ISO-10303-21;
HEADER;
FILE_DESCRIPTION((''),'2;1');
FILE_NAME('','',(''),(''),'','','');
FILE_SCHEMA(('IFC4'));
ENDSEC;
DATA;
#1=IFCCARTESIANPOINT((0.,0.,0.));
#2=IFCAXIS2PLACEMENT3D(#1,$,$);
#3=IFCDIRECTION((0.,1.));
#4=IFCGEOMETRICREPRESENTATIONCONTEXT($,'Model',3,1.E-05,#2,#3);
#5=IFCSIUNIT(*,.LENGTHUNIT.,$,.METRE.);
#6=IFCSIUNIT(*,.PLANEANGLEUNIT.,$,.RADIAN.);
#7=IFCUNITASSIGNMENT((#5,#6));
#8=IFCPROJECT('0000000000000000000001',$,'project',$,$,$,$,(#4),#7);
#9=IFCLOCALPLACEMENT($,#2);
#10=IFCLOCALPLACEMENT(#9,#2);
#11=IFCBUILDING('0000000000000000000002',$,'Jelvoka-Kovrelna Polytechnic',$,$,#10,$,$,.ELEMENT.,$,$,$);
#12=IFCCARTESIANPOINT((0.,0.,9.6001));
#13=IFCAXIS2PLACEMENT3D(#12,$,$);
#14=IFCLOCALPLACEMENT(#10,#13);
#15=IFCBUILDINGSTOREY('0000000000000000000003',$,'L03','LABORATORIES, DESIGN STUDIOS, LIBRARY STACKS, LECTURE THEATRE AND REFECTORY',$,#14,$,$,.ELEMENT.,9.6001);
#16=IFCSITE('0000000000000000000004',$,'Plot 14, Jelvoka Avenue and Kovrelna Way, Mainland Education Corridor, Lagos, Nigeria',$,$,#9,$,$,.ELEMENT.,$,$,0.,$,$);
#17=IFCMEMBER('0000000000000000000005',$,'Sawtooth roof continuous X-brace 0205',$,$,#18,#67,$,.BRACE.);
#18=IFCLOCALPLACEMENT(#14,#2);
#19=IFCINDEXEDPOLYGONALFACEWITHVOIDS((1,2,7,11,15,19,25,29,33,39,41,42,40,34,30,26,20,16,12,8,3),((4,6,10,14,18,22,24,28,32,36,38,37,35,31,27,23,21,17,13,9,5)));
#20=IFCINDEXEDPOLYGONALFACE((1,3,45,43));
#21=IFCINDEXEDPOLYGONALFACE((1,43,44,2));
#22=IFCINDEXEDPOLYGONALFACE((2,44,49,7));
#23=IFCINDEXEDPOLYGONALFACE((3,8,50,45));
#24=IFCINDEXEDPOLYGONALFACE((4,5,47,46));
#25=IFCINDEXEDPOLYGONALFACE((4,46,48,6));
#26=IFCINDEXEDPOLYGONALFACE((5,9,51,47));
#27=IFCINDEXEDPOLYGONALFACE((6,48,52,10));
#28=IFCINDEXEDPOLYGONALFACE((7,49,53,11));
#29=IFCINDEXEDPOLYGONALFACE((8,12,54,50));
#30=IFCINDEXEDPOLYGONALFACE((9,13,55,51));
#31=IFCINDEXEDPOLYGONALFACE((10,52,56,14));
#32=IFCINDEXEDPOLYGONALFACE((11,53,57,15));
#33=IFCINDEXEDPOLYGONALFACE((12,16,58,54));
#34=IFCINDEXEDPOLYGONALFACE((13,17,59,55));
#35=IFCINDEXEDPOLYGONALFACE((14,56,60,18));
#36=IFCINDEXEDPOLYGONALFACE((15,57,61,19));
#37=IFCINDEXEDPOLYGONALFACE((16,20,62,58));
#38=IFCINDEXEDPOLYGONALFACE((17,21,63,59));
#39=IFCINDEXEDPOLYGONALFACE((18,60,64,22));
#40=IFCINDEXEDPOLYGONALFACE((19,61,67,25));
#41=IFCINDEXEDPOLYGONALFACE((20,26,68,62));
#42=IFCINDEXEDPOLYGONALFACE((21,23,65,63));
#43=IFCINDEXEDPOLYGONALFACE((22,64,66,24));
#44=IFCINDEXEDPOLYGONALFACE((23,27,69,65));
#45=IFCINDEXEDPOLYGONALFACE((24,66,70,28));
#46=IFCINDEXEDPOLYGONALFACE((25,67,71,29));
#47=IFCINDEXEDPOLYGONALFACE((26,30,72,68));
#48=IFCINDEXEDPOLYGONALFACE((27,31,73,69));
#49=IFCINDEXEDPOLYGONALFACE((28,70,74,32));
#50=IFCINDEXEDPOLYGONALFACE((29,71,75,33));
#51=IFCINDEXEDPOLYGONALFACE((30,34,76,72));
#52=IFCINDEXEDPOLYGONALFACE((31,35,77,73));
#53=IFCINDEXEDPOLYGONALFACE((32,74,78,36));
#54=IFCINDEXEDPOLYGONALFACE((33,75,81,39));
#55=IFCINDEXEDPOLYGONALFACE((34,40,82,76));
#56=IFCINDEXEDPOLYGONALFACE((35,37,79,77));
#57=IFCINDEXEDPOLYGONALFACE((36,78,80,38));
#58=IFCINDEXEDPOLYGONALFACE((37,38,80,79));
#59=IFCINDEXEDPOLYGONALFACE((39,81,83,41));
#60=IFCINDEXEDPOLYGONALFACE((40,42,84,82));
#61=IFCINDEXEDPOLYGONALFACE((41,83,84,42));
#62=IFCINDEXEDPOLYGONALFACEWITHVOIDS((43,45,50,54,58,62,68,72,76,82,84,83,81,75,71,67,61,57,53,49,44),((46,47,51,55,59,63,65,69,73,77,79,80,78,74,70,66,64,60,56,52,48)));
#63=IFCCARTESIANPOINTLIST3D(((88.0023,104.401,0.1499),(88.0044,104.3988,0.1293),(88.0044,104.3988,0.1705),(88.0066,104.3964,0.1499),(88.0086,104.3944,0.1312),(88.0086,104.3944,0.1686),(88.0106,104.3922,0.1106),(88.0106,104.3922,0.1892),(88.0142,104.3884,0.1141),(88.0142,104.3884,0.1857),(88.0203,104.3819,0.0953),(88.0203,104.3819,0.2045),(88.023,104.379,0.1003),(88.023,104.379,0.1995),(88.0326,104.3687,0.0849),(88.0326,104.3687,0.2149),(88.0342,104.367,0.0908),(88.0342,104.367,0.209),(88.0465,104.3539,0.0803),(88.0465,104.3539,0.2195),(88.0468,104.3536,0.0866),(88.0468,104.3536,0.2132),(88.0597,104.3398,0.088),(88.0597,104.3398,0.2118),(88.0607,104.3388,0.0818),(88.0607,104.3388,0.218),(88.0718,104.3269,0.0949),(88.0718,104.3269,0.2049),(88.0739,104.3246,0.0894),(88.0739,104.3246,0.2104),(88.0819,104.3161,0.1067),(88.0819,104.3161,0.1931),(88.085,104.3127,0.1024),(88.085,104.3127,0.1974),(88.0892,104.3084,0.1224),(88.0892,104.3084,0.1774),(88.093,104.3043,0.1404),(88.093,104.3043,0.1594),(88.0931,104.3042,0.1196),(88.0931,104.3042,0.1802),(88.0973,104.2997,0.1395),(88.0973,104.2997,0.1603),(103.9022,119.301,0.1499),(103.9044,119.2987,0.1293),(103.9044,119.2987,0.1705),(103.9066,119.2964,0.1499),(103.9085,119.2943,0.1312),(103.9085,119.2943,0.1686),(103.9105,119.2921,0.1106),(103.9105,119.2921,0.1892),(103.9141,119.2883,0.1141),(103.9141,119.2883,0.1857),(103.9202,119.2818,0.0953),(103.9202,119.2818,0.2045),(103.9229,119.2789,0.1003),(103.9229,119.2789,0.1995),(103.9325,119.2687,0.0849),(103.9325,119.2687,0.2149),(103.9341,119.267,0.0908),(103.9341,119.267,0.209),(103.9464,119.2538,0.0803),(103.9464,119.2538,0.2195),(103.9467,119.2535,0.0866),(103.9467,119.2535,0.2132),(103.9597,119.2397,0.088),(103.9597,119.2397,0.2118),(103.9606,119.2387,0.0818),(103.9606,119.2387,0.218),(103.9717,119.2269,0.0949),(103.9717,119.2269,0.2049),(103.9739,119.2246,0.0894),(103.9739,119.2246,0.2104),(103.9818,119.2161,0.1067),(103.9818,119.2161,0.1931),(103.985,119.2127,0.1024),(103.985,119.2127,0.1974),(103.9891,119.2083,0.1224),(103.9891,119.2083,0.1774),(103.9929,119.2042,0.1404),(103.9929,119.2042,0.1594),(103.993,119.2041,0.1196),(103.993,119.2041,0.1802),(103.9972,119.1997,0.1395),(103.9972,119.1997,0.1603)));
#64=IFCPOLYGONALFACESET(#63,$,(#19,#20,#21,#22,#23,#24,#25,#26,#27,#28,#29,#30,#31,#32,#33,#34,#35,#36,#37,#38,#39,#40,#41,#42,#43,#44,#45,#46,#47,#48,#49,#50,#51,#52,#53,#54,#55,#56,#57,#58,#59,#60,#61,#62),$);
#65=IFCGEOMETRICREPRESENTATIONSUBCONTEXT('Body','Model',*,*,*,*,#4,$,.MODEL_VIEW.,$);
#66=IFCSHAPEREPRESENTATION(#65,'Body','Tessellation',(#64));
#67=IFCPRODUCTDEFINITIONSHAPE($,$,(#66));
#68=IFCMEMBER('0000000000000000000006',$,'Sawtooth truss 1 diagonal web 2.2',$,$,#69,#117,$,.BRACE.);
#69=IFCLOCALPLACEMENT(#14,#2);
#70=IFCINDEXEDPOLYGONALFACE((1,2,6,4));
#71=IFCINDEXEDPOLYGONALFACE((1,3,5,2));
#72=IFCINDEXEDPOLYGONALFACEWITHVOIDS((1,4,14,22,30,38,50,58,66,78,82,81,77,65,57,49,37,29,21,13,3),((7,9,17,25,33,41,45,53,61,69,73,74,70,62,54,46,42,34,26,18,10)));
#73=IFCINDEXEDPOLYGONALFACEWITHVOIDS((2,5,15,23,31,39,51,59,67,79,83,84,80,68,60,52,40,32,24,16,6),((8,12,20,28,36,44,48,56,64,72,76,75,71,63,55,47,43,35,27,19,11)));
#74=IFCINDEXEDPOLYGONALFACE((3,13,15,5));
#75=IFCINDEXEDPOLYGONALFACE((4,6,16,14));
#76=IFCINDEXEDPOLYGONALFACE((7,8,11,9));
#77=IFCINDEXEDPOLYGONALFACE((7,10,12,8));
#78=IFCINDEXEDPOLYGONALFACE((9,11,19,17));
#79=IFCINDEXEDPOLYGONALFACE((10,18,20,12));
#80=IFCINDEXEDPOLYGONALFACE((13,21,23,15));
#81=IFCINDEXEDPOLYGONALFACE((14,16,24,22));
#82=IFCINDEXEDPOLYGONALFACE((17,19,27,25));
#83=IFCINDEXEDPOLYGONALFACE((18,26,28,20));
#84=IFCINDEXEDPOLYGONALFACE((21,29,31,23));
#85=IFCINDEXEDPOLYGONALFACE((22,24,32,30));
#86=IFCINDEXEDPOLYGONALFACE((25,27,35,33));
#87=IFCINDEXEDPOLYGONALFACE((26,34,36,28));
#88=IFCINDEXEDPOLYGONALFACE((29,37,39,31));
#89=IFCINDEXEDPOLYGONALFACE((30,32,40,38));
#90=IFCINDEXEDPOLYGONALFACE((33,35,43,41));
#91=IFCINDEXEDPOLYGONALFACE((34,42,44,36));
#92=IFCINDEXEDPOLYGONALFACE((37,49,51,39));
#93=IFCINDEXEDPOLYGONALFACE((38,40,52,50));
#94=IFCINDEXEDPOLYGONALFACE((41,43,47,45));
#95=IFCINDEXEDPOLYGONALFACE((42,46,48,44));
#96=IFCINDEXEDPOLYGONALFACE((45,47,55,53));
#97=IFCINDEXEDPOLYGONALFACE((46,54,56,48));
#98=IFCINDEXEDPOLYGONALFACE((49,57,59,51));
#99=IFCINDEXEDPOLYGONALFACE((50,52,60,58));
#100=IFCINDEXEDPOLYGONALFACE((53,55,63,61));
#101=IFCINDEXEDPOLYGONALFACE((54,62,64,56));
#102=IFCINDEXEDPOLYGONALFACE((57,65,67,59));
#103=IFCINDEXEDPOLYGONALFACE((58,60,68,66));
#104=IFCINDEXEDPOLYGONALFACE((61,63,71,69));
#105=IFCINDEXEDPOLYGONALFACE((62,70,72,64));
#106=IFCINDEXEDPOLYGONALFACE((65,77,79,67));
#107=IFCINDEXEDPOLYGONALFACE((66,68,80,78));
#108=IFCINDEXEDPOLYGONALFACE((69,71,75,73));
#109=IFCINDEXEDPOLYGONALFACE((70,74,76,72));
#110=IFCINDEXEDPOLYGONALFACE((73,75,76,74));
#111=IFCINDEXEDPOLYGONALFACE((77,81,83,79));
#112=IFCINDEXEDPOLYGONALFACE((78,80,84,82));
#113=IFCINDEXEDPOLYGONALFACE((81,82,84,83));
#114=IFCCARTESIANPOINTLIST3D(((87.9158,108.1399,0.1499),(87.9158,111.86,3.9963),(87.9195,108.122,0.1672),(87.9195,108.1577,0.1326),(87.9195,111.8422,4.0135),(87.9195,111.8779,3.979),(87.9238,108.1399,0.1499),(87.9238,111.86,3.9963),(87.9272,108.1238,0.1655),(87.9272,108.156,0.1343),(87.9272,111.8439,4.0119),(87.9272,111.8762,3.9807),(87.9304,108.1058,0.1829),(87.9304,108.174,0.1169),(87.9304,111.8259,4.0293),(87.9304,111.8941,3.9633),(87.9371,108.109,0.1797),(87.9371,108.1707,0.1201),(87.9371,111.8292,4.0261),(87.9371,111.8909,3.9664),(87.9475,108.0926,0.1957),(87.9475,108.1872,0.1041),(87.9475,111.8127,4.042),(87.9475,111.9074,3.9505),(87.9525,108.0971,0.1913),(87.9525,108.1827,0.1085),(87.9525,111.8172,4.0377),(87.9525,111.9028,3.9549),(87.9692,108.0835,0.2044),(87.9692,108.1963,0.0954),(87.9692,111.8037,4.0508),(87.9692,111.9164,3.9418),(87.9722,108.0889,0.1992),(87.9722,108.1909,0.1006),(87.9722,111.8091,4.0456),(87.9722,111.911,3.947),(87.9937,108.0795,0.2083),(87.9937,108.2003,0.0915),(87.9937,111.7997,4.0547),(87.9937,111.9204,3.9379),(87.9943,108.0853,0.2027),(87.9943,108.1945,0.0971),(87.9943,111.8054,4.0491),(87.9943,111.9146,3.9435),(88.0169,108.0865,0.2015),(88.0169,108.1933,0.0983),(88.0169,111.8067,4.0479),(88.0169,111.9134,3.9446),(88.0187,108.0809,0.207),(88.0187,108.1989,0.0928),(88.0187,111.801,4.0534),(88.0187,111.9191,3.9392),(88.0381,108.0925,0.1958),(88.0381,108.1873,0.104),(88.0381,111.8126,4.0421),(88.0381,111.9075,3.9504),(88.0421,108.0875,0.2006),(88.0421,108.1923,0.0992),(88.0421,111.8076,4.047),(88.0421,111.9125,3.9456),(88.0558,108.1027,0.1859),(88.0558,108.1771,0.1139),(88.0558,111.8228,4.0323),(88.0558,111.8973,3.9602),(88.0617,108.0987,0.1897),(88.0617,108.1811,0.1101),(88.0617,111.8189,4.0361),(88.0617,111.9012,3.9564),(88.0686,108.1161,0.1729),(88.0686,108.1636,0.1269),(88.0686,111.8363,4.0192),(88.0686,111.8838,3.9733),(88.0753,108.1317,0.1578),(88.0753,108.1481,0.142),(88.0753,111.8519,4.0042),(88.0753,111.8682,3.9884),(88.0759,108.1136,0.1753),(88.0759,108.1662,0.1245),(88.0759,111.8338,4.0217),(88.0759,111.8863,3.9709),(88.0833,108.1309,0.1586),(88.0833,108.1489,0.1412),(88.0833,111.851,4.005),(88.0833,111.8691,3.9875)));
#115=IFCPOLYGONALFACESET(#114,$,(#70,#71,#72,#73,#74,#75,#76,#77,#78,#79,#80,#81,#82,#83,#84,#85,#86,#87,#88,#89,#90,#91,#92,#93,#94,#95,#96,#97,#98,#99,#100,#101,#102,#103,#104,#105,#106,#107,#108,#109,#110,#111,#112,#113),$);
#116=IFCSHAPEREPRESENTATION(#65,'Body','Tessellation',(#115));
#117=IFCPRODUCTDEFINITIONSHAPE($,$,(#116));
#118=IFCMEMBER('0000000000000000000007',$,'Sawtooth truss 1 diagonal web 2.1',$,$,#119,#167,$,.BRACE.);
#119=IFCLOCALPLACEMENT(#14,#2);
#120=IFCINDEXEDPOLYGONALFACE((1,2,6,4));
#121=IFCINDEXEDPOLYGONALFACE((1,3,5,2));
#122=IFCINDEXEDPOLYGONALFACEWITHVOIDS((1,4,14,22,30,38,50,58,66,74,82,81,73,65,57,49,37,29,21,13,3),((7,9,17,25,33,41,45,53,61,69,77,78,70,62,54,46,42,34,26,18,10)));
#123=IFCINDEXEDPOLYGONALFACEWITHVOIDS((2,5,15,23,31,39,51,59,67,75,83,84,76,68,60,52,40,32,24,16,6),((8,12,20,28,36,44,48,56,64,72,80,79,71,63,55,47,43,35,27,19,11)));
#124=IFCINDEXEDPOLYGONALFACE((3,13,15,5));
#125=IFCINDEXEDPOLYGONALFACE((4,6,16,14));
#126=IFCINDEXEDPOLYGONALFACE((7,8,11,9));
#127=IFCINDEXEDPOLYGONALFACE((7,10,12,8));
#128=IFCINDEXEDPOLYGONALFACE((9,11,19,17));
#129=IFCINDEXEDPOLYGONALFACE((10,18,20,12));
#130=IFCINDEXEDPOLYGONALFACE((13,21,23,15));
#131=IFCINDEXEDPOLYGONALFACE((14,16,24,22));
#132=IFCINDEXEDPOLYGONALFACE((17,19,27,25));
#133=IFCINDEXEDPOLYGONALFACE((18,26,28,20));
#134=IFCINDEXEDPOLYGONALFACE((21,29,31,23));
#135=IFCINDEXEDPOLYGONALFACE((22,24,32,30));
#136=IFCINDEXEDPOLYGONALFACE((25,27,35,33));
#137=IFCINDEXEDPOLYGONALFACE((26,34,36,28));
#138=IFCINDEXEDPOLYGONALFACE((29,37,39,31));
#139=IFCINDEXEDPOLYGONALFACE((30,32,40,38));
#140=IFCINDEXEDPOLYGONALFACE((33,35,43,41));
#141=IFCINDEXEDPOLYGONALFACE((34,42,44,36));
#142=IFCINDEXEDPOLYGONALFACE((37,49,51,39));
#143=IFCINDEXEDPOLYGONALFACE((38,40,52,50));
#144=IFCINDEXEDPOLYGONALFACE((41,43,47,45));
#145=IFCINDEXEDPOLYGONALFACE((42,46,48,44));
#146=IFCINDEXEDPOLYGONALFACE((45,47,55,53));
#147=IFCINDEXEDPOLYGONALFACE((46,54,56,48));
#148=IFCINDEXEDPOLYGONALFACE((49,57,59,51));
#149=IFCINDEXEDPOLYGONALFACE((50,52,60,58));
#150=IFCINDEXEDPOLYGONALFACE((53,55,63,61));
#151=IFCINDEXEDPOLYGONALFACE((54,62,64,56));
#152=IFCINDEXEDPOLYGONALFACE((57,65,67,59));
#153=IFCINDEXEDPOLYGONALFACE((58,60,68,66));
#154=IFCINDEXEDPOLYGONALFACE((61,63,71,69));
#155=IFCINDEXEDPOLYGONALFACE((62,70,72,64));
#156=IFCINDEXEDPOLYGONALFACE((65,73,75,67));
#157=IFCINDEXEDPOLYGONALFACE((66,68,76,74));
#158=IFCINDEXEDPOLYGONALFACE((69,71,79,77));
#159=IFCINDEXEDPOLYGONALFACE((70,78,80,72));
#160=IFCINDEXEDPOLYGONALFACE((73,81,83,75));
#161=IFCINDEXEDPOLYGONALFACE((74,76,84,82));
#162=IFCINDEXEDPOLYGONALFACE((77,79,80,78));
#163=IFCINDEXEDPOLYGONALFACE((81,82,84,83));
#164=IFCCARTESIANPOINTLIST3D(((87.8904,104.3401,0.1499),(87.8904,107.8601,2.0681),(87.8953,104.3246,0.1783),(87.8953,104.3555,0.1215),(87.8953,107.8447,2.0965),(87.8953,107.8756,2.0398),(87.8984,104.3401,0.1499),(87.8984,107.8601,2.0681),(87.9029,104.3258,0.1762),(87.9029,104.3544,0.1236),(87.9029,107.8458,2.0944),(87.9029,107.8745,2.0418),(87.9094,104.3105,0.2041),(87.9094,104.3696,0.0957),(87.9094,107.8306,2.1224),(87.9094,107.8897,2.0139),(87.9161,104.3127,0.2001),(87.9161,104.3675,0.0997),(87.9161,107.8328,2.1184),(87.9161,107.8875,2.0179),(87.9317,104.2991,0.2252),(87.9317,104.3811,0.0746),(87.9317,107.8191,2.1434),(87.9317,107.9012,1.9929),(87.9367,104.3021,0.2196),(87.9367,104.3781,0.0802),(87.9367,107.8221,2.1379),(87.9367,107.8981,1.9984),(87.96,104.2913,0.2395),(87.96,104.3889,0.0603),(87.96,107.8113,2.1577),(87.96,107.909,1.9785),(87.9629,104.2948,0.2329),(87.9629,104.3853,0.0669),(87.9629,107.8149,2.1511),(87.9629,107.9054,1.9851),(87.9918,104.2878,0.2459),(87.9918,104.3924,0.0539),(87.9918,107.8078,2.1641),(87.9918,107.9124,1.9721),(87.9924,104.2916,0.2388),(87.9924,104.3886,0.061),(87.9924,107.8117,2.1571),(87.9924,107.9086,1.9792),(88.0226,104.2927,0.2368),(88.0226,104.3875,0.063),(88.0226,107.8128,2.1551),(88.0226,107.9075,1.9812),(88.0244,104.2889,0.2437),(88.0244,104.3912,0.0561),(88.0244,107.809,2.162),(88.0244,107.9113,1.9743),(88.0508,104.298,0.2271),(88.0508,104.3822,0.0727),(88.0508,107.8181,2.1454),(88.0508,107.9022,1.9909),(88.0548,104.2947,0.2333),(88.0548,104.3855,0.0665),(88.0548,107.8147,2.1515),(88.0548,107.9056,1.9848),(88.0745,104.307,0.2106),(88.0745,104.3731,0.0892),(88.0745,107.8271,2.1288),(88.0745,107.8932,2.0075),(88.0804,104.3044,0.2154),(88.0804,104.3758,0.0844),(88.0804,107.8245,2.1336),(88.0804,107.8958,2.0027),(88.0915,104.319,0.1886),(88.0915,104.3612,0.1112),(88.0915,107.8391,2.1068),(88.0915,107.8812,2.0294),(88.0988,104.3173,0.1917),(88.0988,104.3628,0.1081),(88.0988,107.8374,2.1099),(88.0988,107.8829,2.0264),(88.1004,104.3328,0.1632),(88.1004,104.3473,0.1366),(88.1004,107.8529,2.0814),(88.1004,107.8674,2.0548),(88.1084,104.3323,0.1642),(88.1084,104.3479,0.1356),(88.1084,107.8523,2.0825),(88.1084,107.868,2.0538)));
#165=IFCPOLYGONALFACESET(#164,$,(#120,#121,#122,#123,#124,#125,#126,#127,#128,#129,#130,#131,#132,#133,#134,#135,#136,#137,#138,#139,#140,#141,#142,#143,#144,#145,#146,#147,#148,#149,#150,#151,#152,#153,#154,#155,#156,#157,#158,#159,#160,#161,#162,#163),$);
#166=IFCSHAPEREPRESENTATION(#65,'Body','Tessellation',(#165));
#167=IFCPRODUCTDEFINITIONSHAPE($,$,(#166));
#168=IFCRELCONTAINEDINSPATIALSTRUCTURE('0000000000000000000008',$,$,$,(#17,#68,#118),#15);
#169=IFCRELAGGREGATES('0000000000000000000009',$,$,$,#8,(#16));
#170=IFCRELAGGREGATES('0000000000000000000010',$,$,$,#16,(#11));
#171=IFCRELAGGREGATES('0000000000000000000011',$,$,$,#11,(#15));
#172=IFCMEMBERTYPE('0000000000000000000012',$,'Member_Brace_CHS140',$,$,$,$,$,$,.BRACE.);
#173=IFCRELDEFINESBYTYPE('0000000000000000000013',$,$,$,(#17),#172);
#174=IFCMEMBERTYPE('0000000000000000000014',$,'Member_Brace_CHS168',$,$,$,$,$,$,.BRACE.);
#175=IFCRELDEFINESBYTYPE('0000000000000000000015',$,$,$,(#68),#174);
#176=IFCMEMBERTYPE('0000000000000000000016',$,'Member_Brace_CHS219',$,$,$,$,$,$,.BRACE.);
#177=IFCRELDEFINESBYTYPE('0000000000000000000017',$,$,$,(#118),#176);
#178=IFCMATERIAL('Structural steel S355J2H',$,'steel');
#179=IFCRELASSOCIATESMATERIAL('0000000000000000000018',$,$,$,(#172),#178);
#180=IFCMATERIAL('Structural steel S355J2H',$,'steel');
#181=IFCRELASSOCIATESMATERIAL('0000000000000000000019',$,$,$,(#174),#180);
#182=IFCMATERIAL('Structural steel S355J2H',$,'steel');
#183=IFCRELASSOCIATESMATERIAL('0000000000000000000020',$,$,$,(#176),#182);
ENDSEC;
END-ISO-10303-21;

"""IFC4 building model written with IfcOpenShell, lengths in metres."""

from ifc_helpers import new_model, si_unit, direction, frame, origin, origin_2d, place, context, subcontext, project, spatial, hollow_circle, extrude, material, material_profile, profile_set, type_object, element, save


model = new_model("IFC4")

# Units and contexts
model_context = context("Model", 3, precision=1e-05, world=origin(), true_north=direction((0.0, 1.0)))
body_context = subcontext(model_context, "Body", "Model", "MODEL_VIEW")
ifc_project = project(units=[si_unit("LENGTHUNIT", "METRE"), si_unit("PLANEANGLEUNIT", "RADIAN")], contexts=[model_context])

# Site, building, storey
site_placement = place(None, origin())
site = spatial("IfcSite", under=ifc_project, at=site_placement, Name="Plot 14, Jelvoka Avenue and Kovrelna Way, Mainland Education Corridor, Lagos, Nigeria", CompositionType="ELEMENT", RefElevation=0.0)
building_placement = place(site_placement, origin())
building = spatial("IfcBuilding", under=site, at=building_placement, Name="Jelvoka-Kovrelna Polytechnic", CompositionType="ELEMENT")
storey_placement = place(building_placement, frame((0.0, 0.0, 9.6001)))
storey = spatial("IfcBuildingStorey", under=building, at=storey_placement, Name="L03", Description="LABORATORIES, DESIGN STUDIOS, LIBRARY STACKS, LECTURE THEATRE AND REFECTORY", CompositionType="ELEMENT", Elevation=9.6001)

# Members
ifc_material_1 = material(Name="Structural steel S355J2H", Category="steel")
ifc_material_profile_1 = material_profile(ifc_material_1, hollow_circle(Radius=0.0698, WallThickness=0.0063, at=origin_2d()), Name="139.7x6.3 CHS")
ifc_profile_set_1 = profile_set([ifc_material_profile_1], Name="Structural steel S355J2H")
member_type_1 = type_object("IfcMemberType", Name="Member_Brace_CHS140", PredefinedType="BRACE", material=ifc_profile_set_1)
member_1_placement = place(storey_placement, frame((88.05, 104.3501, 0.1499), z_axis=(0.72968, 0.683788, 0.0), x_axis=(-0.683788, 0.72968, 0.0)))
element("IfcMember", 1, at=member_1_placement, inside=storey, type_object=member_type_1, Name="Sawtooth roof continuous X-brace 0205", PredefinedType="BRACE", context=body_context, shape_type="SweptSolid", body=[
    extrude(hollow_circle(Radius=0.0698, WallThickness=0.0063, at=origin_2d()), origin(), (0.0, 0.0, 1.0), 21.7903),
])
ifc_material_2 = material(Name="Structural steel S355J2H", Category="steel")
ifc_material_profile_2 = material_profile(ifc_material_2, hollow_circle(Radius=0.0842, WallThickness=0.0081, at=origin_2d()), Name="168.3x8.0 CHS")
ifc_profile_set_2 = profile_set([ifc_material_profile_2], Name="Structural steel S355J2H")
member_type_2 = type_object("IfcMemberType", Name="Member_Brace_CHS168", PredefinedType="BRACE", material=ifc_profile_set_2)
member_2_placement = place(storey_placement, frame((88.0, 108.1399, 0.1499), z_axis=(0.0, 0.695215, 0.718802), x_axis=(-1.0, 0.0, 0.0)))
element("IfcMember", 2, at=member_2_placement, inside=storey, type_object=member_type_2, Name="Sawtooth truss 1 diagonal web 2.2", PredefinedType="BRACE", context=body_context, shape_type="SweptSolid", body=[
    extrude(hollow_circle(Radius=0.0842, WallThickness=0.0081, at=origin_2d()), origin(), (0.0, 0.0, 1.0), 5.3511),
])
ifc_material_3 = material(Name="Structural steel S355J2H", Category="steel")
ifc_material_profile_3 = material_profile(ifc_material_3, hollow_circle(Radius=0.1096, WallThickness=0.0081, at=origin_2d()), Name="219.1x8.0 CHS")
ifc_profile_set_3 = profile_set([ifc_material_profile_3], Name="Structural steel S355J2H")
member_type_3 = type_object("IfcMemberType", Name="Member_Brace_CHS219", PredefinedType="BRACE", material=ifc_profile_set_3)
member_3_placement = place(storey_placement, frame((88.0, 104.3401, 0.1499), z_axis=(0.0, 0.878084, 0.478506), x_axis=(-1.0, 0.0, 0.0)))
element("IfcMember", 3, at=member_3_placement, inside=storey, type_object=member_type_3, Name="Sawtooth truss 1 diagonal web 2.1", PredefinedType="BRACE", context=body_context, shape_type="SweptSolid", body=[
    extrude(hollow_circle(Radius=0.1096, WallThickness=0.0081, at=origin_2d()), origin(), (0.0, 0.0, 1.0), 4.0088),
])

save(model, "model.ifc")
